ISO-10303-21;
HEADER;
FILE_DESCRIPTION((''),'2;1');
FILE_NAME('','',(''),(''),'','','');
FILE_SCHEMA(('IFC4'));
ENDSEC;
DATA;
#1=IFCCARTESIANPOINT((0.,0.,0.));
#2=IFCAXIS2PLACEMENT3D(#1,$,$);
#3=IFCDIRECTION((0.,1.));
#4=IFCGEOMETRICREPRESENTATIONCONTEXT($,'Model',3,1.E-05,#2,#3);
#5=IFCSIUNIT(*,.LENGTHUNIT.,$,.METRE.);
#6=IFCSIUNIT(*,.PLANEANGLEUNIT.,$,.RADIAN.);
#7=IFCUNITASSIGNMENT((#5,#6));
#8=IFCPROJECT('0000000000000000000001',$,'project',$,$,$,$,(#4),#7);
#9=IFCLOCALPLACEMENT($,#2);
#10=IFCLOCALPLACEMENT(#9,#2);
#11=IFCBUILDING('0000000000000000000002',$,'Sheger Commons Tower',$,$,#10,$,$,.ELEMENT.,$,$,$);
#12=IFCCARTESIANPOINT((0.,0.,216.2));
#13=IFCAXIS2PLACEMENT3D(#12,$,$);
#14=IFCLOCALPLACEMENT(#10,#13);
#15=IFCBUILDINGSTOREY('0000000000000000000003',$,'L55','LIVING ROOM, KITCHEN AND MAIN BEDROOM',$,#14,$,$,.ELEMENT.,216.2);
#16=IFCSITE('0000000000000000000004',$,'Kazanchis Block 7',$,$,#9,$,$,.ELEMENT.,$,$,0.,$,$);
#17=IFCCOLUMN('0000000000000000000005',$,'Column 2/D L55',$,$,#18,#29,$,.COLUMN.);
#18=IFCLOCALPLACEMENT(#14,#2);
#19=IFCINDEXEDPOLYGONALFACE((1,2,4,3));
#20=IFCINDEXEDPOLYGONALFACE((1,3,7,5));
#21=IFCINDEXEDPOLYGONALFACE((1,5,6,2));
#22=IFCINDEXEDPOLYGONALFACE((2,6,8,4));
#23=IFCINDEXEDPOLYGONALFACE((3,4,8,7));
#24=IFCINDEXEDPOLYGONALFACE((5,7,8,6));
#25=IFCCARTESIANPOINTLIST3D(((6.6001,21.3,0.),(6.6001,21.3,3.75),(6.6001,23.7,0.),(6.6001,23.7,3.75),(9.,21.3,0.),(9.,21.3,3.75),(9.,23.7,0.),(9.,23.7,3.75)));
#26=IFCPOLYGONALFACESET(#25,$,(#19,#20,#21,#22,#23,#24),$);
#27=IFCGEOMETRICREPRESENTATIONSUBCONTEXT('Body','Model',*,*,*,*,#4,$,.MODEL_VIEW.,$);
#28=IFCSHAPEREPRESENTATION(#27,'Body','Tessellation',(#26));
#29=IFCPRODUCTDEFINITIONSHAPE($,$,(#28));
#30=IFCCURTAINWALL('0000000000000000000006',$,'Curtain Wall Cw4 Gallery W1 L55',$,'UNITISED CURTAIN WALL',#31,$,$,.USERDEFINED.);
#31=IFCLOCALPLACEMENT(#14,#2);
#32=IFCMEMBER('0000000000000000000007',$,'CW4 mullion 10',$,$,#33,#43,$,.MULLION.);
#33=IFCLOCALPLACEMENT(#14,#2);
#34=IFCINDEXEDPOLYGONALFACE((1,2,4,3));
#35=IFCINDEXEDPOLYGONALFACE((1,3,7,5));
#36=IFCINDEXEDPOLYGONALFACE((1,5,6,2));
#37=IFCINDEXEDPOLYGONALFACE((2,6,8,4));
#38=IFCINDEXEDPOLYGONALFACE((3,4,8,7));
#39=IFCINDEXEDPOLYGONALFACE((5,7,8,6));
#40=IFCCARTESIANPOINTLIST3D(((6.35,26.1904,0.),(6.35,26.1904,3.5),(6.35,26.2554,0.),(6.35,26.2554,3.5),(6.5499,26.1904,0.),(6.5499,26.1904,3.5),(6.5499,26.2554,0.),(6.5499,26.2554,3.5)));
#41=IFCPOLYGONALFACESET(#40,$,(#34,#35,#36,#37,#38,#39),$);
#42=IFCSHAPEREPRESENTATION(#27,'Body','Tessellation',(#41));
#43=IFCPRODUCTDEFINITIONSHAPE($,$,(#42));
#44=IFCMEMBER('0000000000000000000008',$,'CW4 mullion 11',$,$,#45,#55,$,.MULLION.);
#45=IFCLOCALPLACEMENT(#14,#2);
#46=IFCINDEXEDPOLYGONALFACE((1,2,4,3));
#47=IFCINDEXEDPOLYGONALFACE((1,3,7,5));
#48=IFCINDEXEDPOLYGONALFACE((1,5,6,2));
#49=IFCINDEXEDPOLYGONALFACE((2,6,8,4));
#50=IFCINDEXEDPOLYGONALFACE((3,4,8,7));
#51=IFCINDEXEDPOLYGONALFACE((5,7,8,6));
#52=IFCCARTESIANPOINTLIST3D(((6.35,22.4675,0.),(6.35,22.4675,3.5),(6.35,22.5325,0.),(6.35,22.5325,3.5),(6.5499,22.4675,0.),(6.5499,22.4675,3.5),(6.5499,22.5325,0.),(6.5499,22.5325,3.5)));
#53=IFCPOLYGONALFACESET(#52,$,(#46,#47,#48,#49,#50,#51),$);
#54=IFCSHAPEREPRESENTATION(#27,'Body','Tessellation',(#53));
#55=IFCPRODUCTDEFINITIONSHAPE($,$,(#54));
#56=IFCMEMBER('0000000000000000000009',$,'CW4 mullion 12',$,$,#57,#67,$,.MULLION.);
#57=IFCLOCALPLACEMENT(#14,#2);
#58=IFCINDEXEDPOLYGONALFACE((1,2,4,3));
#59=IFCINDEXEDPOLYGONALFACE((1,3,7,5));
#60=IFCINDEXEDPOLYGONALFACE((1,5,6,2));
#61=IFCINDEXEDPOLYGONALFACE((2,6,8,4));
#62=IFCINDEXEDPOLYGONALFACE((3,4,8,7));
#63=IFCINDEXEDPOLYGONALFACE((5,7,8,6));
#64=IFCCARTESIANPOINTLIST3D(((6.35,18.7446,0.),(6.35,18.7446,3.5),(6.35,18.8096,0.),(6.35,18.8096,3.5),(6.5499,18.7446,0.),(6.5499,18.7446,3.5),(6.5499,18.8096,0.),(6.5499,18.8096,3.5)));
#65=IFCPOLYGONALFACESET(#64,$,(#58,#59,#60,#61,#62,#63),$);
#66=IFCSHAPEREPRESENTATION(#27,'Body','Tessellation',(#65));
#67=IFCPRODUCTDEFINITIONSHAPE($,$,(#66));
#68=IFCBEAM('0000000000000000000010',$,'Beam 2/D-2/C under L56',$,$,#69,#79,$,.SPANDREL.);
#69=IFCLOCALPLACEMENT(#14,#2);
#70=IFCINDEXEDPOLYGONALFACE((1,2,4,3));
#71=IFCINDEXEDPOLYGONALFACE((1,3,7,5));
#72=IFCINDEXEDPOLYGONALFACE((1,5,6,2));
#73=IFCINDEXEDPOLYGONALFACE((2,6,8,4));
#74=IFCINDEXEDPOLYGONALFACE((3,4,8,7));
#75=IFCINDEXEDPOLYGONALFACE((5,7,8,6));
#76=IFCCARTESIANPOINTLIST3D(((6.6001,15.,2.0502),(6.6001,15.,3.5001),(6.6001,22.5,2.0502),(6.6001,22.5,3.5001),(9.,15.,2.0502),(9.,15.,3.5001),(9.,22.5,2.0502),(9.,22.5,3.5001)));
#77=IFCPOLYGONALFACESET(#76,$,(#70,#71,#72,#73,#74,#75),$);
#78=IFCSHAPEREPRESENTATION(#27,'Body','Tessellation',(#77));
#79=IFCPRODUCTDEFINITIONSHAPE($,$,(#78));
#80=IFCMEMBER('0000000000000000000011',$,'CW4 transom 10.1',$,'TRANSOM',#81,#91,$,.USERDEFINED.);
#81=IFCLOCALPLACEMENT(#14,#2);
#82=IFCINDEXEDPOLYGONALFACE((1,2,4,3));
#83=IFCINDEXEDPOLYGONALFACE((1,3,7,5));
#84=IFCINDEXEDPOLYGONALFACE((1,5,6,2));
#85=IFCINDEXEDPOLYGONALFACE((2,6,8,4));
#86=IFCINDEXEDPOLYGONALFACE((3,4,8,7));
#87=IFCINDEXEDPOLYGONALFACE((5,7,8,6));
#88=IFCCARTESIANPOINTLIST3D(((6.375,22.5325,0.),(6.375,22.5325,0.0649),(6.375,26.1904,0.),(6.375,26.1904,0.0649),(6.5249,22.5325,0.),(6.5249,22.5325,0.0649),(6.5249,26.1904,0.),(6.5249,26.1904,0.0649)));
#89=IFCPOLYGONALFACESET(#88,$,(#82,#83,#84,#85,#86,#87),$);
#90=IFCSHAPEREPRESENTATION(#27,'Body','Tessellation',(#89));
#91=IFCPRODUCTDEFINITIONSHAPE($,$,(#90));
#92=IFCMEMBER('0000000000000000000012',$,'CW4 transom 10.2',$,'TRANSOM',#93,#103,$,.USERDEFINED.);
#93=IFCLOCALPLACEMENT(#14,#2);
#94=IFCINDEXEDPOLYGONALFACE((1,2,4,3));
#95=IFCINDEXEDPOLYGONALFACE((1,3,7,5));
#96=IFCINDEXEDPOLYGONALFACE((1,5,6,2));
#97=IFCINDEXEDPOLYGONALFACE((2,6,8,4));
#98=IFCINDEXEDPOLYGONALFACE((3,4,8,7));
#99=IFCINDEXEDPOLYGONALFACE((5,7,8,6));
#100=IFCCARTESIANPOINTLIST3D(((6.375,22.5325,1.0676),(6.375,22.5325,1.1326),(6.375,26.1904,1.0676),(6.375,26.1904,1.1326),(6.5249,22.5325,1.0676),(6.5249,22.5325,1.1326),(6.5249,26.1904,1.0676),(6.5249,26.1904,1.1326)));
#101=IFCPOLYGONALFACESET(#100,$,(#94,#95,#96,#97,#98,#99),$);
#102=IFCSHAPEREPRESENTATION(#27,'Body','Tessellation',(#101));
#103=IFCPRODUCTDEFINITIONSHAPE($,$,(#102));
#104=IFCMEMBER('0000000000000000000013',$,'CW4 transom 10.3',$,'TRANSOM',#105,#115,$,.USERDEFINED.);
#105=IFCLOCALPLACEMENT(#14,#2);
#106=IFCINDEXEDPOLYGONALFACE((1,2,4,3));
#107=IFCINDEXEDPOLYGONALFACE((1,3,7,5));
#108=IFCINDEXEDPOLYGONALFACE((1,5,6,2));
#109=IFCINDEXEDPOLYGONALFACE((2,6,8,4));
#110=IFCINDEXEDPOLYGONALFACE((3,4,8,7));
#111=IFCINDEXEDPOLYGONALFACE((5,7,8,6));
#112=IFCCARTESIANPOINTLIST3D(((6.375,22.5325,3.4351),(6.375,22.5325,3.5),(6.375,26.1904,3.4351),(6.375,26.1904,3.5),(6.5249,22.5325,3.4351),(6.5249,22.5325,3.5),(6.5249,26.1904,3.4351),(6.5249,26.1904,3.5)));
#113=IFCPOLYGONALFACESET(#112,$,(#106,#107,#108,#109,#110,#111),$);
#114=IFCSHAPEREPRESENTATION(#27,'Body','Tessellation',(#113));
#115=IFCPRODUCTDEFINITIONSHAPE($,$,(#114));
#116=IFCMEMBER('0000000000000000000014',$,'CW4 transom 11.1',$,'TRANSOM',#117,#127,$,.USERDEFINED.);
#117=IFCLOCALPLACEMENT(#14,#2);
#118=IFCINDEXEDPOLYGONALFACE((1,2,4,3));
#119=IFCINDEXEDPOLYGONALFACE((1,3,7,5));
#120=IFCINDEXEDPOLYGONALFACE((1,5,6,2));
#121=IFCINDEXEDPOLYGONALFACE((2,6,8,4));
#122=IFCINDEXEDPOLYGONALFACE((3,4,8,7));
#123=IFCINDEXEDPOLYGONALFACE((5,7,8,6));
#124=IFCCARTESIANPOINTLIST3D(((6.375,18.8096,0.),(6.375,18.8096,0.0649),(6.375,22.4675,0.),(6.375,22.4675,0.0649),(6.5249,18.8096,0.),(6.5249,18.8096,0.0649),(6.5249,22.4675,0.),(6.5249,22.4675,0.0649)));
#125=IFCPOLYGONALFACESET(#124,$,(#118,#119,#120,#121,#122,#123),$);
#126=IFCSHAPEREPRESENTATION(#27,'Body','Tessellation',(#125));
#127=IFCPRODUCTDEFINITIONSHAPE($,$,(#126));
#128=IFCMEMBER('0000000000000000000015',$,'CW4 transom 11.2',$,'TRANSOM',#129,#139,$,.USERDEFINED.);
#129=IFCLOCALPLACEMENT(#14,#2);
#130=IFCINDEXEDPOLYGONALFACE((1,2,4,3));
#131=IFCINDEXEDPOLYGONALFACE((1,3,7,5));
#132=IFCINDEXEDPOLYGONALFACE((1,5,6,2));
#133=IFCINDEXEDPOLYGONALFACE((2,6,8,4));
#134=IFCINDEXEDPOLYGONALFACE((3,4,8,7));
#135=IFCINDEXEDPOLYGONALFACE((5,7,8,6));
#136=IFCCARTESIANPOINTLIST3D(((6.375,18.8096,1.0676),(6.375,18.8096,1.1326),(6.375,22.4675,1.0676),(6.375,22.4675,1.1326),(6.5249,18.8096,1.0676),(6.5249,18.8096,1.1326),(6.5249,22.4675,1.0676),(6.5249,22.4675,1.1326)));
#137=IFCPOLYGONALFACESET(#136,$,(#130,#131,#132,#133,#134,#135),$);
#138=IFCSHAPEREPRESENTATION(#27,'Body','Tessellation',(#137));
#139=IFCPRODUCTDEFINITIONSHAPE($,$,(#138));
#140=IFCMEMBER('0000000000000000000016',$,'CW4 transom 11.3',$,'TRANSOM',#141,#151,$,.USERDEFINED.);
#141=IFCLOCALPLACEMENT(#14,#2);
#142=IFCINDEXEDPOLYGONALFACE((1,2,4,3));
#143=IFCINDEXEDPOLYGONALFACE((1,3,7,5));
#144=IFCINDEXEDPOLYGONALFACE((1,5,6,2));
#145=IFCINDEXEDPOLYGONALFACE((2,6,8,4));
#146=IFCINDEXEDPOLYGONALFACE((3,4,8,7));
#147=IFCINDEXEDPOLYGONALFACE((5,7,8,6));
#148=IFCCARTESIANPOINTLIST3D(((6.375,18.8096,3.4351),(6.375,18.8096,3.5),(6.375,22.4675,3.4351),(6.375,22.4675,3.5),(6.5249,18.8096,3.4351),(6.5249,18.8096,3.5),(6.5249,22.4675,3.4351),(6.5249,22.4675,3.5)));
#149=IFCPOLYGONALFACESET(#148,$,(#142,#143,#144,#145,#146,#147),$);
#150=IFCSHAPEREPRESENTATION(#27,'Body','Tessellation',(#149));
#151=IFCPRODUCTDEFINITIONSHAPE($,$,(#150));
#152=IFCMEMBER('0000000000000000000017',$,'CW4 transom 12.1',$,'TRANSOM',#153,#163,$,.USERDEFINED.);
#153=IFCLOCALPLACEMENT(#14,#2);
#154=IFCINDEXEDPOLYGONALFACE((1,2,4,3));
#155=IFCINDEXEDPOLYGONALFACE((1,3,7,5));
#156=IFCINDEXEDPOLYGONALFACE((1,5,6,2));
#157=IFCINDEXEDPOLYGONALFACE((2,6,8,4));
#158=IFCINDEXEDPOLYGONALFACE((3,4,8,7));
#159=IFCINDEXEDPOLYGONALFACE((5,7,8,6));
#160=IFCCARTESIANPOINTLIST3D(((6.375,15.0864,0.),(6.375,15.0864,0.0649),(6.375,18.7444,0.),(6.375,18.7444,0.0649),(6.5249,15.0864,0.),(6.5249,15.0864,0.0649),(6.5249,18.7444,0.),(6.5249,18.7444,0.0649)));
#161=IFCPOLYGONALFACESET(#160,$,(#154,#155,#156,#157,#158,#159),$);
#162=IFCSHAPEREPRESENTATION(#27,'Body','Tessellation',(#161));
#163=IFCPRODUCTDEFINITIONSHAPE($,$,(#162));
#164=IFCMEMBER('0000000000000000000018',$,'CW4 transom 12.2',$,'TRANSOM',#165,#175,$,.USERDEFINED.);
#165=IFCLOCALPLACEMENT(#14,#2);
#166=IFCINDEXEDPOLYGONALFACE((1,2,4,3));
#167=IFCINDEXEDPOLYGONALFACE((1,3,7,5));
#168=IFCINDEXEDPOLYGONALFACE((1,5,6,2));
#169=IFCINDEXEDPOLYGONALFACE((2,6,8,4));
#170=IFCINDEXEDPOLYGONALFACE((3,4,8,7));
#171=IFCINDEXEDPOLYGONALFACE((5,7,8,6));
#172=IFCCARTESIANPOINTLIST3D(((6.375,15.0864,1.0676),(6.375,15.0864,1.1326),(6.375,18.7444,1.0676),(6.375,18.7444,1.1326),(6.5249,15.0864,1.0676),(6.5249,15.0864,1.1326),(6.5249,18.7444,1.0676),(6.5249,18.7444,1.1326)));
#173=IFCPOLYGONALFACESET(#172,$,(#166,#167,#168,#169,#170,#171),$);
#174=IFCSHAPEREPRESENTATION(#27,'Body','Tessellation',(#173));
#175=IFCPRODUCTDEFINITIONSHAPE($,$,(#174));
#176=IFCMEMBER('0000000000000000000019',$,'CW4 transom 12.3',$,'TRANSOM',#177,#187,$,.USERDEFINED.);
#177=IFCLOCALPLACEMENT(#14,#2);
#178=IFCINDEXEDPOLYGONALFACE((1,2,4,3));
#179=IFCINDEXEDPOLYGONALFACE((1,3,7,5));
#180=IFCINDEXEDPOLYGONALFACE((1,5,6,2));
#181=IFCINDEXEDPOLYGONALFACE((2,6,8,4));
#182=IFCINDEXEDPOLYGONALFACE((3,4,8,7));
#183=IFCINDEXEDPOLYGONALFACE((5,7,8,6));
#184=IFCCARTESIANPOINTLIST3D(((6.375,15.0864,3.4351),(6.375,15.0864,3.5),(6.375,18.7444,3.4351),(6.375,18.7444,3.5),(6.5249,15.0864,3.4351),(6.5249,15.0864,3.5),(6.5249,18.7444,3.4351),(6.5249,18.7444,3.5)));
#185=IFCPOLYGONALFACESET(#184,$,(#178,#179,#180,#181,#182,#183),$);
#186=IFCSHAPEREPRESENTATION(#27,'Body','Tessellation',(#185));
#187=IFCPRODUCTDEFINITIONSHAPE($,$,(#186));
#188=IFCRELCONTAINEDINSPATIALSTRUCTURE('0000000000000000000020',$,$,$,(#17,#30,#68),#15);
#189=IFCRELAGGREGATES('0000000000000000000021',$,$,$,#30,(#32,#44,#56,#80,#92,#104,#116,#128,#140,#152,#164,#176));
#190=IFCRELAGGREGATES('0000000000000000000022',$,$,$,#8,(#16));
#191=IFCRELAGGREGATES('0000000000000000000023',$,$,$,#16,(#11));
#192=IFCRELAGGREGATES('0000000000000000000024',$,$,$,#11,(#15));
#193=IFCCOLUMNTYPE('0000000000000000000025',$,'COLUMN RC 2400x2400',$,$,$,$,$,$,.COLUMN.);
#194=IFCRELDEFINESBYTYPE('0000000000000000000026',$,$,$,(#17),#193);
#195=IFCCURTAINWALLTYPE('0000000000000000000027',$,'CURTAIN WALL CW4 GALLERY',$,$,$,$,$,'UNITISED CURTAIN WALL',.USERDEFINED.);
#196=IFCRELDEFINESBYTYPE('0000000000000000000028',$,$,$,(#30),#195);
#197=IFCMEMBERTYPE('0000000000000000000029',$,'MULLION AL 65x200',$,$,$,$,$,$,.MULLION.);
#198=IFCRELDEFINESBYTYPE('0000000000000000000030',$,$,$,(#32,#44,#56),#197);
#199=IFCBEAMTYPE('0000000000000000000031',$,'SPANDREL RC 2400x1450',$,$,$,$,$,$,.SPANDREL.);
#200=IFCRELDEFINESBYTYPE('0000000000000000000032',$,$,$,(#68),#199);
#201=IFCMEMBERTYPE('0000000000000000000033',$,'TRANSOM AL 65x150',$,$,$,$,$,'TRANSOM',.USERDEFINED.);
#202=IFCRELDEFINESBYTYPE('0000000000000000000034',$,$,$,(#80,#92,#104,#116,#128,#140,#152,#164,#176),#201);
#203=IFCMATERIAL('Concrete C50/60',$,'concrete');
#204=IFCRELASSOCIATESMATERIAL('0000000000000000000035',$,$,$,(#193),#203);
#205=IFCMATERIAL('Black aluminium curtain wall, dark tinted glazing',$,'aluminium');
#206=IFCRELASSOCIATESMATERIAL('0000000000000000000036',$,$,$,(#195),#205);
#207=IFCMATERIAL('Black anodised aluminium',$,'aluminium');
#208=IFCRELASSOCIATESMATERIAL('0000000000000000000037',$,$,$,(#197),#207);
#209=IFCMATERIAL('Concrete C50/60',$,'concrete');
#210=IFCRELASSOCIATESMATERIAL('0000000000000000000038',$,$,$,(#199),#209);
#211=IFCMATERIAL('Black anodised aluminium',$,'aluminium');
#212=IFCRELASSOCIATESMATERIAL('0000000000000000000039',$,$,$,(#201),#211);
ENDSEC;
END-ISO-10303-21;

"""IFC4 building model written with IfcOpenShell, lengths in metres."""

from ifc_helpers import new_model, si_unit, direction, frame, origin, origin_2d, place, context, subcontext, project, spatial, rectangle, extrude, material, material_profile, profile_set, type_object, element, aggregate, save


model = new_model("IFC4")

# Units and contexts
model_context = context("Model", 3, precision=1e-05, world=origin(), true_north=direction((0.0, 1.0)))
body_context = subcontext(model_context, "Body", "Model", "MODEL_VIEW")
ifc_project = project(units=[si_unit("LENGTHUNIT", "METRE"), si_unit("PLANEANGLEUNIT", "RADIAN")], contexts=[model_context])

# Site, building, storey
site_placement = place(None, origin())
site = spatial("IfcSite", under=ifc_project, at=site_placement, Name="Kazanchis Block 7", CompositionType="ELEMENT", RefElevation=0.0)
building_placement = place(site_placement, origin())
building = spatial("IfcBuilding", under=site, at=building_placement, Name="Sheger Commons Tower", CompositionType="ELEMENT")
storey_placement = place(building_placement, frame((0.0, 0.0, 216.2)))
storey = spatial("IfcBuildingStorey", under=building, at=storey_placement, Name="L55", Description="LIVING ROOM, KITCHEN AND MAIN BEDROOM", CompositionType="ELEMENT", Elevation=216.2)

# Column
ifc_material_1 = material(Name="Concrete C50/60", Category="concrete")
ifc_material_profile_1 = material_profile(ifc_material_1, rectangle(XDim=2.3999, YDim=2.3999, at=origin_2d()), Name="RC 2400x2400")
ifc_profile_set_1 = profile_set([ifc_material_profile_1], Name="Concrete C50/60")
column_type = type_object("IfcColumnType", Name="COLUMN RC 2400x2400", PredefinedType="COLUMN", material=ifc_profile_set_1)
column_placement = place(storey_placement, frame((7.8, 22.5, 0.0), z_axis=(0.0, 0.0, 1.0), x_axis=(1.0, 0.0, 0.0)))
element("IfcColumn", 1, at=column_placement, inside=storey, type_object=column_type, Name="Column 2/D L55", PredefinedType="COLUMN", context=body_context, shape_type="SweptSolid", body=[
    extrude(rectangle(XDim=2.3999, YDim=2.3999, at=origin_2d()), origin(), (0.0, 0.0, 1.0), 3.75),
])

# Curtain wall, members
ifc_material_2 = material(Name="Black aluminium curtain wall, dark tinted glazing", Category="aluminium")
curtain_wall_type = type_object("IfcCurtainWallType", Name="CURTAIN WALL CW4 GALLERY", ElementType="UNITISED CURTAIN WALL", PredefinedType="USERDEFINED", material=ifc_material_2)
curtain_wall_placement = place(storey_placement, origin())
curtain_wall = element("IfcCurtainWall", 2, at=curtain_wall_placement, inside=storey, type_object=curtain_wall_type, Name="Curtain Wall Cw4 Gallery W1 L55", ObjectType="UNITISED CURTAIN WALL", PredefinedType="USERDEFINED")
ifc_material_3 = material(Name="Black anodised aluminium", Category="aluminium")
ifc_material_profile_2 = material_profile(ifc_material_3, rectangle(XDim=0.2, YDim=0.0649, at=origin_2d()), Name="AL 65x200")
ifc_profile_set_2 = profile_set([ifc_material_profile_2], Name="Black anodised aluminium")
member_type_1 = type_object("IfcMemberType", Name="MULLION AL 65x200", PredefinedType="MULLION", material=ifc_profile_set_2)
member_1_placement = place(storey_placement, frame((6.45, 26.2229, 0.0), z_axis=(0.0, 0.0, 1.0), x_axis=(1.0, 0.0, 0.0)))
member_1 = element("IfcMember", 3, at=member_1_placement, type_object=member_type_1, Name="CW4 mullion 10", PredefinedType="MULLION", context=body_context, shape_type="SweptSolid", body=[
    extrude(rectangle(XDim=0.2, YDim=0.0649, at=origin_2d()), origin(), (0.0, 0.0, 1.0), 3.5),
])
member_2_placement = place(storey_placement, frame((6.45, 22.5, 0.0), z_axis=(0.0, 0.0, 1.0), x_axis=(1.0, 0.0, 0.0)))
member_2 = element("IfcMember", 4, at=member_2_placement, type_object=member_type_1, Name="CW4 mullion 11", PredefinedType="MULLION", context=body_context, shape_type="SweptSolid", body=[
    extrude(rectangle(XDim=0.2, YDim=0.0649, at=origin_2d()), origin(), (0.0, 0.0, 1.0), 3.5),
])
member_3_placement = place(storey_placement, frame((6.45, 18.7771, 0.0), z_axis=(0.0, 0.0, 1.0), x_axis=(1.0, 0.0, 0.0)))
member_3 = element("IfcMember", 5, at=member_3_placement, type_object=member_type_1, Name="CW4 mullion 12", PredefinedType="MULLION", context=body_context, shape_type="SweptSolid", body=[
    extrude(rectangle(XDim=0.2, YDim=0.0649, at=origin_2d()), origin(), (0.0, 0.0, 1.0), 3.5),
])

# Beam
ifc_material_4 = material(Name="Concrete C50/60", Category="concrete")
ifc_material_profile_3 = material_profile(ifc_material_4, rectangle(XDim=2.3999, YDim=1.45, at=origin_2d()), Name="RC 2400x1450")
ifc_profile_set_3 = profile_set([ifc_material_profile_3], Name="Concrete C50/60")
beam_type = type_object("IfcBeamType", Name="SPANDREL RC 2400x1450", PredefinedType="SPANDREL", material=ifc_profile_set_3)
beam_placement = place(storey_placement, frame((7.8, 22.5, 2.7751), z_axis=(0.0, -1.0, 0.0), x_axis=(1.0, 0.0, 0.0)))
element("IfcBeam", 6, at=beam_placement, inside=storey, type_object=beam_type, Name="Beam 2/D-2/C under L56", PredefinedType="SPANDREL", context=body_context, shape_type="SweptSolid", body=[
    extrude(rectangle(XDim=2.3999, YDim=1.45, at=origin_2d()), origin(), (0.0, 0.0, 1.0), 7.5),
])

# Members
ifc_material_5 = material(Name="Black anodised aluminium", Category="aluminium")
ifc_material_profile_4 = material_profile(ifc_material_5, rectangle(XDim=0.1499, YDim=0.0649, at=origin_2d()), Name="AL 65x150")
ifc_profile_set_4 = profile_set([ifc_material_profile_4], Name="Black anodised aluminium")
member_type_2 = type_object("IfcMemberType", Name="TRANSOM AL 65x150", ElementType="TRANSOM", PredefinedType="USERDEFINED", material=ifc_profile_set_4)
member_4_placement = place(storey_placement, frame((6.45, 26.1904, 0.0325), z_axis=(0.0, -1.0, 0.0), x_axis=(1.0, 0.0, 0.0)))
member_4 = element("IfcMember", 7, at=member_4_placement, type_object=member_type_2, Name="CW4 transom 10.1", ObjectType="TRANSOM", PredefinedType="USERDEFINED", context=body_context, shape_type="SweptSolid", body=[
    extrude(rectangle(XDim=0.1499, YDim=0.0649, at=origin_2d()), origin(), (0.0, 0.0, 1.0), 3.658),
])
member_5_placement = place(storey_placement, frame((6.45, 26.1904, 1.1001), z_axis=(0.0, -1.0, 0.0), x_axis=(1.0, 0.0, 0.0)))
member_5 = element("IfcMember", 8, at=member_5_placement, type_object=member_type_2, Name="CW4 transom 10.2", ObjectType="TRANSOM", PredefinedType="USERDEFINED", context=body_context, shape_type="SweptSolid", body=[
    extrude(rectangle(XDim=0.1499, YDim=0.0649, at=origin_2d()), origin(), (0.0, 0.0, 1.0), 3.658),
])
member_6_placement = place(storey_placement, frame((6.45, 26.1904, 3.4675), z_axis=(0.0, -1.0, 0.0), x_axis=(1.0, 0.0, 0.0)))
member_6 = element("IfcMember", 9, at=member_6_placement, type_object=member_type_2, Name="CW4 transom 10.3", ObjectType="TRANSOM", PredefinedType="USERDEFINED", context=body_context, shape_type="SweptSolid", body=[
    extrude(rectangle(XDim=0.1499, YDim=0.0649, at=origin_2d()), origin(), (0.0, 0.0, 1.0), 3.658),
])
member_7_placement = place(storey_placement, frame((6.45, 22.4675, 0.0325), z_axis=(0.0, -1.0, 0.0), x_axis=(1.0, 0.0, 0.0)))
member_7 = element("IfcMember", 10, at=member_7_placement, type_object=member_type_2, Name="CW4 transom 11.1", ObjectType="TRANSOM", PredefinedType="USERDEFINED", context=body_context, shape_type="SweptSolid", body=[
    extrude(rectangle(XDim=0.1499, YDim=0.0649, at=origin_2d()), origin(), (0.0, 0.0, 1.0), 3.658),
])
member_8_placement = place(storey_placement, frame((6.45, 22.4675, 1.1001), z_axis=(0.0, -1.0, 0.0), x_axis=(1.0, 0.0, 0.0)))
member_8 = element("IfcMember", 11, at=member_8_placement, type_object=member_type_2, Name="CW4 transom 11.2", ObjectType="TRANSOM", PredefinedType="USERDEFINED", context=body_context, shape_type="SweptSolid", body=[
    extrude(rectangle(XDim=0.1499, YDim=0.0649, at=origin_2d()), origin(), (0.0, 0.0, 1.0), 3.658),
])
member_9_placement = place(storey_placement, frame((6.45, 22.4675, 3.4675), z_axis=(0.0, -1.0, 0.0), x_axis=(1.0, 0.0, 0.0)))
member_9 = element("IfcMember", 12, at=member_9_placement, type_object=member_type_2, Name="CW4 transom 11.3", ObjectType="TRANSOM", PredefinedType="USERDEFINED", context=body_context, shape_type="SweptSolid", body=[
    extrude(rectangle(XDim=0.1499, YDim=0.0649, at=origin_2d()), origin(), (0.0, 0.0, 1.0), 3.658),
])
member_10_placement = place(storey_placement, frame((6.45, 18.7444, 0.0325), z_axis=(0.0, -1.0, 0.0), x_axis=(1.0, 0.0, 0.0)))
member_10 = element("IfcMember", 13, at=member_10_placement, type_object=member_type_2, Name="CW4 transom 12.1", ObjectType="TRANSOM", PredefinedType="USERDEFINED", context=body_context, shape_type="SweptSolid", body=[
    extrude(rectangle(XDim=0.1499, YDim=0.0649, at=origin_2d()), origin(), (0.0, 0.0, 1.0), 3.658),
])
member_11_placement = place(storey_placement, frame((6.45, 18.7444, 1.1001), z_axis=(0.0, -1.0, 0.0), x_axis=(1.0, 0.0, 0.0)))
member_11 = element("IfcMember", 14, at=member_11_placement, type_object=member_type_2, Name="CW4 transom 12.2", ObjectType="TRANSOM", PredefinedType="USERDEFINED", context=body_context, shape_type="SweptSolid", body=[
    extrude(rectangle(XDim=0.1499, YDim=0.0649, at=origin_2d()), origin(), (0.0, 0.0, 1.0), 3.658),
])
member_12_placement = place(storey_placement, frame((6.45, 18.7444, 3.4675), z_axis=(0.0, -1.0, 0.0), x_axis=(1.0, 0.0, 0.0)))
member_12 = element("IfcMember", 15, at=member_12_placement, type_object=member_type_2, Name="CW4 transom 12.3", ObjectType="TRANSOM", PredefinedType="USERDEFINED", context=body_context, shape_type="SweptSolid", body=[
    extrude(rectangle(XDim=0.1499, YDim=0.0649, at=origin_2d()), origin(), (0.0, 0.0, 1.0), 3.658),
])

aggregate(curtain_wall, [member_1, member_2, member_3, member_4, member_5, member_6, member_7, member_8, member_9, member_10, member_11, member_12])

save(model, "model.ifc")
